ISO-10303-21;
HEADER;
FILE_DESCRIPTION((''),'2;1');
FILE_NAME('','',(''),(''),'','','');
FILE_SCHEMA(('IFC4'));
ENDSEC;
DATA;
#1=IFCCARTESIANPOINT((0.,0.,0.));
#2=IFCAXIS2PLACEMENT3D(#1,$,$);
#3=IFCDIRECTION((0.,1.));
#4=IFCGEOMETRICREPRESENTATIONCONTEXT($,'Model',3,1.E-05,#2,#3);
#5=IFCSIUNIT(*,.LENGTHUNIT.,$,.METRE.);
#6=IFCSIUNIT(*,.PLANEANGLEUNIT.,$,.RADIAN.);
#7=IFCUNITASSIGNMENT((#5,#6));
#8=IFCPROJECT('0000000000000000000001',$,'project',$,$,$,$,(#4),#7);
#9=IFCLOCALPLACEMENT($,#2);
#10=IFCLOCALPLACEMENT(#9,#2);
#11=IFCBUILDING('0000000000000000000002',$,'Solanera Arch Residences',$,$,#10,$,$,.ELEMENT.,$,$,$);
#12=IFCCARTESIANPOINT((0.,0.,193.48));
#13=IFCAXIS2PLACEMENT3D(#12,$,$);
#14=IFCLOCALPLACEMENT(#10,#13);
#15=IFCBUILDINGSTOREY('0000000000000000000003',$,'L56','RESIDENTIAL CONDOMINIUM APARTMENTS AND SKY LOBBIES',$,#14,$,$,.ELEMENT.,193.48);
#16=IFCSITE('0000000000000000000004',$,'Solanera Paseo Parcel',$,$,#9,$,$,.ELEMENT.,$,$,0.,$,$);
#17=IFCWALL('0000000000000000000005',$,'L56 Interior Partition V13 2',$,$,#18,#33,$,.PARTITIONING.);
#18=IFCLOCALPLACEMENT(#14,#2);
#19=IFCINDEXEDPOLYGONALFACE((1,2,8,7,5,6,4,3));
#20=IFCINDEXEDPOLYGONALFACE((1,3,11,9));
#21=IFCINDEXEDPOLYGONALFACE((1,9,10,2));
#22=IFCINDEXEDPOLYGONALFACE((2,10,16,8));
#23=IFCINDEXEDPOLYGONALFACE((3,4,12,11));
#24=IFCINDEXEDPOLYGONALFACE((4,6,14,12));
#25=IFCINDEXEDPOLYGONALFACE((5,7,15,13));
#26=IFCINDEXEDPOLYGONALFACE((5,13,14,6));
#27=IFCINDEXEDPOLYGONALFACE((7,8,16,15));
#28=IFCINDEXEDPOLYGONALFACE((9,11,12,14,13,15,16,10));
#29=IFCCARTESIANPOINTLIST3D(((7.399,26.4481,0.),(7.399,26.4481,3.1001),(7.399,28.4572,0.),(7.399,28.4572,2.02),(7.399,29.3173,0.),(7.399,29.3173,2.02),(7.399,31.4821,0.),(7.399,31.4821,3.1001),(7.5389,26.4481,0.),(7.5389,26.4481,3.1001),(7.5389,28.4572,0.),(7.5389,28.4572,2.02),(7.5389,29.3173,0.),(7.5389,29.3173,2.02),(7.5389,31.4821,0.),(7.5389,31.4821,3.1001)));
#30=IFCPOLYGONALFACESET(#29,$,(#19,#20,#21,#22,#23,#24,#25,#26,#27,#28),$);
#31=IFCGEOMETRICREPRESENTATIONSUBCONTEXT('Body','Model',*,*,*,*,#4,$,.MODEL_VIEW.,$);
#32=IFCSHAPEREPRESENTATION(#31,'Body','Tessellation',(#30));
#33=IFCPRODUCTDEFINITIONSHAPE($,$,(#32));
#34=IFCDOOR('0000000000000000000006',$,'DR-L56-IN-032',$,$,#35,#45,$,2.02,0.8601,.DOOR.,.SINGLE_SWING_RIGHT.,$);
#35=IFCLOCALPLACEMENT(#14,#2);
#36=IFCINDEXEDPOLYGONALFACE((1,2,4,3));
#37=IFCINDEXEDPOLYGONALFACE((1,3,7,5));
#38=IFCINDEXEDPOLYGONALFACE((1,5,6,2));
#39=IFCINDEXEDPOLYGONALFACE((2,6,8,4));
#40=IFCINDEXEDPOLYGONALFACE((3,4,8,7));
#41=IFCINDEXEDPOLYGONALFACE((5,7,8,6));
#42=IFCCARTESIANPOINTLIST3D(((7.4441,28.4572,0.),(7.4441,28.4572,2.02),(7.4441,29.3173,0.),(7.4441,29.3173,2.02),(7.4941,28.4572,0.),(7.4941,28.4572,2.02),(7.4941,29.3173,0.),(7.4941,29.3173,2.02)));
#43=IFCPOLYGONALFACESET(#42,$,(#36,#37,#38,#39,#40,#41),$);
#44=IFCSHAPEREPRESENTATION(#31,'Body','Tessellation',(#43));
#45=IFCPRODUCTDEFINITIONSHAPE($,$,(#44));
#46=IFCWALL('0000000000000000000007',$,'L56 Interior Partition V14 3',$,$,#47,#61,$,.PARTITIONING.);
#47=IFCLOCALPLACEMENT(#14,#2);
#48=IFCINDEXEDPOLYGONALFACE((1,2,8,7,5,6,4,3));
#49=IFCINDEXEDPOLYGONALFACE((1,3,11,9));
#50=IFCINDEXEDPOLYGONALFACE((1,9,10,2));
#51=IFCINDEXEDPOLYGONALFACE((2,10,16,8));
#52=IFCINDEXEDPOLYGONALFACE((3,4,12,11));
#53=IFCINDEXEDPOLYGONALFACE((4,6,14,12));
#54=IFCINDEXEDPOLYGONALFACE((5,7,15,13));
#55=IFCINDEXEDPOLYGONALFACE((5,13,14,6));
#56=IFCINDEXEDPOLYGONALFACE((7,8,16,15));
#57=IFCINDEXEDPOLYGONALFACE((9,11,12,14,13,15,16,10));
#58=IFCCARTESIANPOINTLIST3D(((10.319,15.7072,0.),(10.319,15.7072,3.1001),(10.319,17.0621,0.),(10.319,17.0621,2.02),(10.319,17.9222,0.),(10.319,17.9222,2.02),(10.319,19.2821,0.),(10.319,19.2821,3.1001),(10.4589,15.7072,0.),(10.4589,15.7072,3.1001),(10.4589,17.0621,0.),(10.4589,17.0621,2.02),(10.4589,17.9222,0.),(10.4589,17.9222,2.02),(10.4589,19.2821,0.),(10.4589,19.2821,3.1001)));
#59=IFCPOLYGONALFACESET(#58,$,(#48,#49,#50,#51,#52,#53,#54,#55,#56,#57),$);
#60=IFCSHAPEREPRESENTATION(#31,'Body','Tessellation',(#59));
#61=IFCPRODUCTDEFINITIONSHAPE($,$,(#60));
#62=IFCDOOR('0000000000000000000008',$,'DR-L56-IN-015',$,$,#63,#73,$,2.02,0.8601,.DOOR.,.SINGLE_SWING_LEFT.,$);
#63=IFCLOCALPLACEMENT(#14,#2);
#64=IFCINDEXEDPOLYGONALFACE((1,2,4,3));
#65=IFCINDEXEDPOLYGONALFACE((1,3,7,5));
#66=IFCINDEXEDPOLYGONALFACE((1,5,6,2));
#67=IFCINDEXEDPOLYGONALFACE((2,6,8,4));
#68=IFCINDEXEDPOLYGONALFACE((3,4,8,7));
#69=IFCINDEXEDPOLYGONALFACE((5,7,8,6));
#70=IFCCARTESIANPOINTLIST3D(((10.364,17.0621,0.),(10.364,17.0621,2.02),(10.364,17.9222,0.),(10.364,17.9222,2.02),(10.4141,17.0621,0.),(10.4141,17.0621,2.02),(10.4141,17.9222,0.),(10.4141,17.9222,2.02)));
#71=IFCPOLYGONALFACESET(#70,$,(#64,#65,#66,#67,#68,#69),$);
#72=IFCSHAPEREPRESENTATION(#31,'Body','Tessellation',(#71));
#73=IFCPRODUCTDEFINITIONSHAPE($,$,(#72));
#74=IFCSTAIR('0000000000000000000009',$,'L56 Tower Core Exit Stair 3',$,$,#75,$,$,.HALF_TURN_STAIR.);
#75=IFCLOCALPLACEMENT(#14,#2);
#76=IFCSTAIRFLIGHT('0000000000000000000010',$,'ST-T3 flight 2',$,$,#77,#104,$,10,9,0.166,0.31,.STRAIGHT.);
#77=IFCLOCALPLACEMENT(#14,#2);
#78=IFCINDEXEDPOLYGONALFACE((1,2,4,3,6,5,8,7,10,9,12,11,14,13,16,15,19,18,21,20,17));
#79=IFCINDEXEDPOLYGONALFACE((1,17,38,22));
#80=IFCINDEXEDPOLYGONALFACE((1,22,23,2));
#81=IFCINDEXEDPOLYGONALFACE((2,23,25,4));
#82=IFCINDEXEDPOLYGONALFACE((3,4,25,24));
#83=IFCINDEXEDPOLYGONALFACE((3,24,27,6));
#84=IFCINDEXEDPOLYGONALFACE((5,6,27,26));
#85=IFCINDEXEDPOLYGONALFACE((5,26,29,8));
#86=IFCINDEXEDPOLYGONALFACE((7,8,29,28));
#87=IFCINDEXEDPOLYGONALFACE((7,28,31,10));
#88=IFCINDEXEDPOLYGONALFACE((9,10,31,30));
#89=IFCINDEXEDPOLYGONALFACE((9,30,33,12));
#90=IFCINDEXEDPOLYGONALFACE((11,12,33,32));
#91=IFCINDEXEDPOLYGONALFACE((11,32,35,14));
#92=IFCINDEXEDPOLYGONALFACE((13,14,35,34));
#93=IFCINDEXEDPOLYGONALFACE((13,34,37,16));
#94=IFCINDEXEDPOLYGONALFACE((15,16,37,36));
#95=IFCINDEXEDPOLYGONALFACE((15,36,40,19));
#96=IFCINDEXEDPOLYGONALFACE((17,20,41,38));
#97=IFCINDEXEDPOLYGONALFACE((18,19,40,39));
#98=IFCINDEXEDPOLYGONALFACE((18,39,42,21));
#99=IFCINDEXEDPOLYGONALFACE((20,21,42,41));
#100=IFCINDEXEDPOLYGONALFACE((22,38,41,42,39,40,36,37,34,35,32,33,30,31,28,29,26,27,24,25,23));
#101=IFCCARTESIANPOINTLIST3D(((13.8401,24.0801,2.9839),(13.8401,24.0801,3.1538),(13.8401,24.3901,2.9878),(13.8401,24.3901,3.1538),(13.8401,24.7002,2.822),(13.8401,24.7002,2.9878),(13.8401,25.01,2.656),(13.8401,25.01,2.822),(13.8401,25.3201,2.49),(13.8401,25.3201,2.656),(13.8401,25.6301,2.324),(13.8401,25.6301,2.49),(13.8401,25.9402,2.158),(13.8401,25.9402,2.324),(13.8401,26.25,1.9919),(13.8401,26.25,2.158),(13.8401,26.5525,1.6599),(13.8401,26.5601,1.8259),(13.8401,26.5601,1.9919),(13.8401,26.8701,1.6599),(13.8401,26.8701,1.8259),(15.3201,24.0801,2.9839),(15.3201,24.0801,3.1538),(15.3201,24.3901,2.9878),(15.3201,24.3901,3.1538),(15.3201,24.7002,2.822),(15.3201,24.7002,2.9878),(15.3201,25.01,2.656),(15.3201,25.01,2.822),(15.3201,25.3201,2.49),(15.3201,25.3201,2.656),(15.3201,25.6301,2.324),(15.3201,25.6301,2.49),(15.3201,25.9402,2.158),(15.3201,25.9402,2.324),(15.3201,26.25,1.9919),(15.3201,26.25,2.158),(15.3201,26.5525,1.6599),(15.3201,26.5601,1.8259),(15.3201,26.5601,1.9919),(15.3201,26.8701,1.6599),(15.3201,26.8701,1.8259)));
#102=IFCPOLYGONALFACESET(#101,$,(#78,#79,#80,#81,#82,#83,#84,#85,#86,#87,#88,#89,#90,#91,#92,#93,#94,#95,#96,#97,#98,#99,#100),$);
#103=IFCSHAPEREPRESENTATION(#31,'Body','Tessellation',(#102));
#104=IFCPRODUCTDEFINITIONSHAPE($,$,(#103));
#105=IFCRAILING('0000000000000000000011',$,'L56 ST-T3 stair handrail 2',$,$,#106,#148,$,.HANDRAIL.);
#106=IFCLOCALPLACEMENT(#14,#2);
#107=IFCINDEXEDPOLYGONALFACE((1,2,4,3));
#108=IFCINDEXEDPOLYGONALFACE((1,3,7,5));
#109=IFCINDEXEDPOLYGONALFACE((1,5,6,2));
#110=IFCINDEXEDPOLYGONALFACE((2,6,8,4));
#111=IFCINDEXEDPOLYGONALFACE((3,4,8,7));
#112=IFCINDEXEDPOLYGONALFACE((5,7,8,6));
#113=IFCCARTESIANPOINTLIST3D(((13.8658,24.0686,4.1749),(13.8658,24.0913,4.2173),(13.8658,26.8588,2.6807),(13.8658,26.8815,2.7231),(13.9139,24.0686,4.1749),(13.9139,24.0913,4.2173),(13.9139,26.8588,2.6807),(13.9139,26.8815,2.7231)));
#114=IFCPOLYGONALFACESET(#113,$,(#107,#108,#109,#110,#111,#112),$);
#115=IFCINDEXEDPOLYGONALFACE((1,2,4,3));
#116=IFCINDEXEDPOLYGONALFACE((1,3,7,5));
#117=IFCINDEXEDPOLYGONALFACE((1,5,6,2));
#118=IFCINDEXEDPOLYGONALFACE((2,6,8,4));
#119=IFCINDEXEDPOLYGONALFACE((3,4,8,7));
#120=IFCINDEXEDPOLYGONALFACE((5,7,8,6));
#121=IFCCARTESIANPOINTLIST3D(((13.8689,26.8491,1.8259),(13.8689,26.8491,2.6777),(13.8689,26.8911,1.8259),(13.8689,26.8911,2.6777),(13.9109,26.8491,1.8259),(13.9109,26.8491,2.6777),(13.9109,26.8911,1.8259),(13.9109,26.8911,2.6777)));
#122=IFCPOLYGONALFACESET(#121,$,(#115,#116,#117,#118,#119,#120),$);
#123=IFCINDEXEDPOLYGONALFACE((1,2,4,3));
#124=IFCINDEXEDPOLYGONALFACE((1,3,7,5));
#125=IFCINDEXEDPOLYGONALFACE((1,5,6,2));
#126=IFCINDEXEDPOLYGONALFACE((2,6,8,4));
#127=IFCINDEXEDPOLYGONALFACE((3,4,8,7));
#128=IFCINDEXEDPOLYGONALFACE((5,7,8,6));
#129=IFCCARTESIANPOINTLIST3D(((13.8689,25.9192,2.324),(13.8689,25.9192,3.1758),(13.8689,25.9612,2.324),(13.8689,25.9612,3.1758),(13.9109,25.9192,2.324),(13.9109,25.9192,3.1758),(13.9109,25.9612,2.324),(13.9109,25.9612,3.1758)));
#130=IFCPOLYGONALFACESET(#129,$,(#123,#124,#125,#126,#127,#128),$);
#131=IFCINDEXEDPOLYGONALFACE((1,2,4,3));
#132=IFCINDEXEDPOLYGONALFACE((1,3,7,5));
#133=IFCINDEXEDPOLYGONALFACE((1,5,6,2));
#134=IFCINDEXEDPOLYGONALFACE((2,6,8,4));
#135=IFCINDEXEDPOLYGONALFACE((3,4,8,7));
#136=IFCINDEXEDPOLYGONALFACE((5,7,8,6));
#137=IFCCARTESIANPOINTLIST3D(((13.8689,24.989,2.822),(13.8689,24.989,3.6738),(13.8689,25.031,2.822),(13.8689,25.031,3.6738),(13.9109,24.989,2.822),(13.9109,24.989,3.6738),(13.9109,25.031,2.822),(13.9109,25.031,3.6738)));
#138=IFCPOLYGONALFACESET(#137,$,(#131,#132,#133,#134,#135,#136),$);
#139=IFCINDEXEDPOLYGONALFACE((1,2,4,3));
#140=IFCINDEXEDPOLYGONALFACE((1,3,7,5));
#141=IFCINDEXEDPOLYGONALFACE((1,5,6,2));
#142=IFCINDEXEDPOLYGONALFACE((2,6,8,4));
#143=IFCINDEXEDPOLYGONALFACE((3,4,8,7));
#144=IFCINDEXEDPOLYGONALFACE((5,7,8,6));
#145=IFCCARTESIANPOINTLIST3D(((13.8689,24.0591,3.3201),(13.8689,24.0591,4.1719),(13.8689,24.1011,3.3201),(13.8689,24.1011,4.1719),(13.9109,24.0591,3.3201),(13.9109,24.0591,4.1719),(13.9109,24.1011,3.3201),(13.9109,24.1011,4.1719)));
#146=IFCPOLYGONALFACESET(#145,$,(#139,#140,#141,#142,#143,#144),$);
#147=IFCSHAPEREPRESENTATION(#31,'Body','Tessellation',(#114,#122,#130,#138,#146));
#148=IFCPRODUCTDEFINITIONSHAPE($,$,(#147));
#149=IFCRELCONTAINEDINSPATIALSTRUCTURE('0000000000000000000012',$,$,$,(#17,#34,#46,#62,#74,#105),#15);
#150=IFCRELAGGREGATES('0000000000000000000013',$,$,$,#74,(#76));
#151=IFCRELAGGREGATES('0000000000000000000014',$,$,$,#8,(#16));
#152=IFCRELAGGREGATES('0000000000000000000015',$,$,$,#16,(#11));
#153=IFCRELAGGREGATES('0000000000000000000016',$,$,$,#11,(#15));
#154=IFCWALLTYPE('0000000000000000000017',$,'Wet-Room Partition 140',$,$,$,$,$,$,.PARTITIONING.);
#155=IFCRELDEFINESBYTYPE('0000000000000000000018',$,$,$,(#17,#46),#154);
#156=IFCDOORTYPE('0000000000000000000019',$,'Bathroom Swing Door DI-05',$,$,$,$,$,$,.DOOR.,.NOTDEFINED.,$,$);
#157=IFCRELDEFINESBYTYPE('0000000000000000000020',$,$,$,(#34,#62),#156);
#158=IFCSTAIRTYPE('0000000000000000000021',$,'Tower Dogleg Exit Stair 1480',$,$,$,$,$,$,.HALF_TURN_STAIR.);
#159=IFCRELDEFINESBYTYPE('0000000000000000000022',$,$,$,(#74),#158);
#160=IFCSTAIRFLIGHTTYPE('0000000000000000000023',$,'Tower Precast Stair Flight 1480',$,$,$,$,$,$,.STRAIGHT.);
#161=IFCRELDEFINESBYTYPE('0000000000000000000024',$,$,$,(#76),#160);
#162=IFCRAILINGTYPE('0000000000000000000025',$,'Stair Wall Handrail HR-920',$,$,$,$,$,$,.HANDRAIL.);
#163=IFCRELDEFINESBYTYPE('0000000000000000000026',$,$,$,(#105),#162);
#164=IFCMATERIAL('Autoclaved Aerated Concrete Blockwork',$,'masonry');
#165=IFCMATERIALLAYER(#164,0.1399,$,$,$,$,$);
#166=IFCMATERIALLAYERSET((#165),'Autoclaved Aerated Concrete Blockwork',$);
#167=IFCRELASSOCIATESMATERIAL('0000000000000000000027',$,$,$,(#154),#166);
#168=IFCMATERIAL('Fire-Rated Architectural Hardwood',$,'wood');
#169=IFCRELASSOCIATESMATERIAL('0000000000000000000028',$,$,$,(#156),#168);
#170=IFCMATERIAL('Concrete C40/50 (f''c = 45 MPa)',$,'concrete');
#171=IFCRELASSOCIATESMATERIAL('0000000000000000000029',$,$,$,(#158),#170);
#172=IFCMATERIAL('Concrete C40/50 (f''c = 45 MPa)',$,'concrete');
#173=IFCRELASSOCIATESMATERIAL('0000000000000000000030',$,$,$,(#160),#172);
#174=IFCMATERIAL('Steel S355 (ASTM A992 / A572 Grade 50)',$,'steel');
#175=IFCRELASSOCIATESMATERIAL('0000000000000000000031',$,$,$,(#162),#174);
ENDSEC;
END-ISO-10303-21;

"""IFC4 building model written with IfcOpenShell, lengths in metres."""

from ifc_helpers import new_model, si_unit, direction, frame, frame_2d, origin, origin_2d, place, context, subcontext, project, spatial, polyline, rectangle, outline, extrude, material, layer, layer_set, type_object, element, fill, aggregate, save


model = new_model("IFC4")

# Units and contexts
model_context = context("Model", 3, precision=1e-05, world=origin(), true_north=direction((0.0, 1.0)))
body_context = subcontext(model_context, "Body", "Model", "MODEL_VIEW")
ifc_project = project(units=[si_unit("LENGTHUNIT", "METRE"), si_unit("PLANEANGLEUNIT", "RADIAN")], contexts=[model_context])

# Site, building, storey
site_placement = place(None, origin())
site = spatial("IfcSite", under=ifc_project, at=site_placement, Name="Solanera Paseo Parcel", CompositionType="ELEMENT", RefElevation=0.0)
building_placement = place(site_placement, origin())
building = spatial("IfcBuilding", under=site, at=building_placement, Name="Solanera Arch Residences", CompositionType="ELEMENT")
storey_placement = place(building_placement, frame((0.0, 0.0, 193.48)))
storey = spatial("IfcBuildingStorey", under=building, at=storey_placement, Name="L56", Description="RESIDENTIAL CONDOMINIUM APARTMENTS AND SKY LOBBIES", CompositionType="ELEMENT", Elevation=193.48)

# Shared definitions
ifc_material_1 = material(Name="Autoclaved Aerated Concrete Blockwork", Category="masonry")
ifc_layer_1 = layer(ifc_material_1, 0.1399)
ifc_layer_set_1 = layer_set([ifc_layer_1], Name="Autoclaved Aerated Concrete Blockwork")
wall_type_1 = type_object("IfcWallType", Name="Wet-Room Partition 140", PredefinedType="PARTITIONING", material=ifc_layer_set_1)

# Walls, openings, doors
wall_1_placement = place(storey_placement, frame((7.469, 26.448, 0.0), z_axis=(0.0, 0.0, 1.0), x_axis=(0.0, 1.0, 0.0)))
wall_1 = element("IfcWall", 1, at=wall_1_placement, inside=storey, type_object=wall_type_1, Name="L56 Interior Partition V13 2", PredefinedType="PARTITIONING", context=body_context, shape_type="SweptSolid", body=[
    extrude(rectangle(XDim=5.0339, YDim=0.1399, at=frame_2d((2.5171, 0.0))), origin(), (0.0, 0.0, 1.0), 3.1001),
])
opening_1_placement = place(wall_1_placement, frame((2.009, 0.0, 0.0)))
opening_1 = element("IfcOpeningElement", 2, at=opening_1_placement, cuts=wall_1, PredefinedType="OPENING", context=body_context, shape_type="SweptSolid", body=[
    extrude(rectangle(XDim=0.8601, YDim=2.02, at=frame_2d((0.4302, 1.01))), frame((0.0, 0.0798, 0.0), z_axis=(0.0, -1.0, 0.0), x_axis=(1.0, 0.0, 0.0)), (0.0, 0.0, 1.0), 0.1599),
])
ifc_material_2 = material(Name="Fire-Rated Architectural Hardwood", Category="wood")
door_type_1 = type_object("IfcDoorType", Name="Bathroom Swing Door DI-05", OperationType="NOTDEFINED", PredefinedType="DOOR", material=ifc_material_2)
door_1_placement = place(opening_1_placement, origin())
door_1 = element("IfcDoor", 3, at=door_1_placement, inside=storey, type_object=door_type_1, Name="DR-L56-IN-032", OperationType="SINGLE_SWING_RIGHT", OverallHeight=2.02, OverallWidth=0.8601, PredefinedType="DOOR", context=body_context, shape_type="SweptSolid", body=[
    extrude(rectangle(XDim=0.8601, YDim=2.02, at=frame_2d((0.4302, 1.01))), frame((0.0, 0.0249, 0.0), z_axis=(0.0, -1.0, 0.0), x_axis=(1.0, 0.0, 0.0)), (0.0, 0.0, 1.0), 0.05),
])
fill(opening_1, door_1)
wall_2_placement = place(storey_placement, frame((10.3889, 15.707, 0.0), z_axis=(0.0, 0.0, 1.0), x_axis=(0.0, 1.0, 0.0)))
wall_2 = element("IfcWall", 4, at=wall_2_placement, inside=storey, type_object=wall_type_1, Name="L56 Interior Partition V14 3", PredefinedType="PARTITIONING", context=body_context, shape_type="SweptSolid", body=[
    extrude(rectangle(XDim=3.575, YDim=0.1399, at=frame_2d((1.7876, 0.0))), origin(), (0.0, 0.0, 1.0), 3.1001),
])
opening_2_placement = place(wall_2_placement, frame((1.355, 0.0, 0.0)))
opening_2 = element("IfcOpeningElement", 5, at=opening_2_placement, cuts=wall_2, PredefinedType="OPENING", context=body_context, shape_type="SweptSolid", body=[
    extrude(rectangle(XDim=0.8601, YDim=2.02, at=frame_2d((0.4302, 1.01))), frame((0.0, 0.0798, 0.0), z_axis=(0.0, -1.0, 0.0), x_axis=(1.0, 0.0, 0.0)), (0.0, 0.0, 1.0), 0.1599),
])
door_2_placement = place(opening_2_placement, origin())
door_2 = element("IfcDoor", 6, at=door_2_placement, inside=storey, type_object=door_type_1, Name="DR-L56-IN-015", OperationType="SINGLE_SWING_LEFT", OverallHeight=2.02, OverallWidth=0.8601, PredefinedType="DOOR", context=body_context, shape_type="SweptSolid", body=[
    extrude(rectangle(XDim=0.8601, YDim=2.02, at=frame_2d((0.4302, 1.01))), frame((0.0, 0.0249, 0.0), z_axis=(0.0, -1.0, 0.0), x_axis=(1.0, 0.0, 0.0)), (0.0, 0.0, 1.0), 0.05),
])
fill(opening_2, door_2)

# Stair, stair flight
ifc_material_3 = material(Name="Concrete C40/50 (f'c = 45 MPa)", Category="concrete")
stair_type = type_object("IfcStairType", Name="Tower Dogleg Exit Stair 1480", PredefinedType="HALF_TURN_STAIR", material=ifc_material_3)
stair_placement = place(storey_placement, origin())
stair = element("IfcStair", 7, at=stair_placement, inside=storey, type_object=stair_type, Name="L56 Tower Core Exit Stair 3", PredefinedType="HALF_TURN_STAIR")
ifc_material_4 = material(Name="Concrete C40/50 (f'c = 45 MPa)", Category="concrete")
stair_flight_type = type_object("IfcStairFlightType", Name="Tower Precast Stair Flight 1480", PredefinedType="STRAIGHT", material=ifc_material_4)
stair_flight_placement = place(storey_placement, frame((14.5801, 26.8701, 1.6599), z_axis=(0.0, 0.0, 1.0), x_axis=(0.0, -1.0, 0.0)))
stair_flight = element("IfcStairFlight", 8, at=stair_flight_placement, type_object=stair_flight_type, Name="ST-T3 flight 2", NumberOfRisers=10, NumberOfTreads=9, PredefinedType="STRAIGHT", RiserHeight=0.166, TreadLength=0.31, context=body_context, shape_type="SweptSolid", body=[
    extrude(outline(polyline([(0.0, 0.0), (0.0, 0.166), (0.3101, 0.166), (0.3101, 0.332), (0.6201, 0.332), (0.6201, 0.498), (0.9299, 0.498), (0.9299, 0.6641), (1.24, 0.6641), (1.24, 0.8301), (1.55, 0.8301), (1.55, 0.9961), (1.8601, 0.9961), (1.8601, 1.1621), (2.1699, 1.1621), (2.1699, 1.3279), (2.48, 1.3279), (2.48, 1.4939), (2.79, 1.4939), (2.79, 1.6599), (2.79, 1.324), (0.3176, 0.0), (0.0, 0.0)])), frame((0.0, 0.74, 0.0), z_axis=(0.0, -1.0, 0.0), x_axis=(1.0, 0.0, 0.0)), (0.0, 0.0, 1.0), 1.48),
])
aggregate(stair, [stair_flight])

# Railing
ifc_material_5 = material(Name="Steel S355 (ASTM A992 / A572 Grade 50)", Category="steel")
railing_type = type_object("IfcRailingType", Name="Stair Wall Handrail HR-920", PredefinedType="HANDRAIL", material=ifc_material_5)
railing_placement = place(storey_placement, frame((13.8899, 26.8701, 1.8259)))
element("IfcRailing", 9, at=railing_placement, inside=storey, type_object=railing_type, Name="L56 ST-T3 stair handrail 2", PredefinedType="HANDRAIL", context=body_context, shape_type="SweptSolid", body=[
    extrude(rectangle(XDim=0.0481, YDim=0.0481, at=origin_2d()), frame((0.0, 0.0, 0.876), z_axis=(0.0, -0.881549, 0.472093), x_axis=(1.0, 0.0, 0.0)), (0.0, 0.0, 1.0), 3.165),
    extrude(rectangle(XDim=0.042, YDim=0.042, at=origin_2d()), origin(), (0.0, 0.0, 1.0), 0.8518),
    extrude(rectangle(XDim=0.042, YDim=0.042, at=origin_2d()), frame((0.0, -0.9299, 0.498)), (0.0, 0.0, 1.0), 0.8518),
    extrude(rectangle(XDim=0.042, YDim=0.042, at=origin_2d()), frame((0.0, -1.8601, 0.9961)), (0.0, 0.0, 1.0), 0.8518),
    extrude(rectangle(XDim=0.042, YDim=0.042, at=origin_2d()), frame((0.0, -2.79, 1.4941)), (0.0, 0.0, 1.0), 0.8518),
])

save(model, "model.ifc")
